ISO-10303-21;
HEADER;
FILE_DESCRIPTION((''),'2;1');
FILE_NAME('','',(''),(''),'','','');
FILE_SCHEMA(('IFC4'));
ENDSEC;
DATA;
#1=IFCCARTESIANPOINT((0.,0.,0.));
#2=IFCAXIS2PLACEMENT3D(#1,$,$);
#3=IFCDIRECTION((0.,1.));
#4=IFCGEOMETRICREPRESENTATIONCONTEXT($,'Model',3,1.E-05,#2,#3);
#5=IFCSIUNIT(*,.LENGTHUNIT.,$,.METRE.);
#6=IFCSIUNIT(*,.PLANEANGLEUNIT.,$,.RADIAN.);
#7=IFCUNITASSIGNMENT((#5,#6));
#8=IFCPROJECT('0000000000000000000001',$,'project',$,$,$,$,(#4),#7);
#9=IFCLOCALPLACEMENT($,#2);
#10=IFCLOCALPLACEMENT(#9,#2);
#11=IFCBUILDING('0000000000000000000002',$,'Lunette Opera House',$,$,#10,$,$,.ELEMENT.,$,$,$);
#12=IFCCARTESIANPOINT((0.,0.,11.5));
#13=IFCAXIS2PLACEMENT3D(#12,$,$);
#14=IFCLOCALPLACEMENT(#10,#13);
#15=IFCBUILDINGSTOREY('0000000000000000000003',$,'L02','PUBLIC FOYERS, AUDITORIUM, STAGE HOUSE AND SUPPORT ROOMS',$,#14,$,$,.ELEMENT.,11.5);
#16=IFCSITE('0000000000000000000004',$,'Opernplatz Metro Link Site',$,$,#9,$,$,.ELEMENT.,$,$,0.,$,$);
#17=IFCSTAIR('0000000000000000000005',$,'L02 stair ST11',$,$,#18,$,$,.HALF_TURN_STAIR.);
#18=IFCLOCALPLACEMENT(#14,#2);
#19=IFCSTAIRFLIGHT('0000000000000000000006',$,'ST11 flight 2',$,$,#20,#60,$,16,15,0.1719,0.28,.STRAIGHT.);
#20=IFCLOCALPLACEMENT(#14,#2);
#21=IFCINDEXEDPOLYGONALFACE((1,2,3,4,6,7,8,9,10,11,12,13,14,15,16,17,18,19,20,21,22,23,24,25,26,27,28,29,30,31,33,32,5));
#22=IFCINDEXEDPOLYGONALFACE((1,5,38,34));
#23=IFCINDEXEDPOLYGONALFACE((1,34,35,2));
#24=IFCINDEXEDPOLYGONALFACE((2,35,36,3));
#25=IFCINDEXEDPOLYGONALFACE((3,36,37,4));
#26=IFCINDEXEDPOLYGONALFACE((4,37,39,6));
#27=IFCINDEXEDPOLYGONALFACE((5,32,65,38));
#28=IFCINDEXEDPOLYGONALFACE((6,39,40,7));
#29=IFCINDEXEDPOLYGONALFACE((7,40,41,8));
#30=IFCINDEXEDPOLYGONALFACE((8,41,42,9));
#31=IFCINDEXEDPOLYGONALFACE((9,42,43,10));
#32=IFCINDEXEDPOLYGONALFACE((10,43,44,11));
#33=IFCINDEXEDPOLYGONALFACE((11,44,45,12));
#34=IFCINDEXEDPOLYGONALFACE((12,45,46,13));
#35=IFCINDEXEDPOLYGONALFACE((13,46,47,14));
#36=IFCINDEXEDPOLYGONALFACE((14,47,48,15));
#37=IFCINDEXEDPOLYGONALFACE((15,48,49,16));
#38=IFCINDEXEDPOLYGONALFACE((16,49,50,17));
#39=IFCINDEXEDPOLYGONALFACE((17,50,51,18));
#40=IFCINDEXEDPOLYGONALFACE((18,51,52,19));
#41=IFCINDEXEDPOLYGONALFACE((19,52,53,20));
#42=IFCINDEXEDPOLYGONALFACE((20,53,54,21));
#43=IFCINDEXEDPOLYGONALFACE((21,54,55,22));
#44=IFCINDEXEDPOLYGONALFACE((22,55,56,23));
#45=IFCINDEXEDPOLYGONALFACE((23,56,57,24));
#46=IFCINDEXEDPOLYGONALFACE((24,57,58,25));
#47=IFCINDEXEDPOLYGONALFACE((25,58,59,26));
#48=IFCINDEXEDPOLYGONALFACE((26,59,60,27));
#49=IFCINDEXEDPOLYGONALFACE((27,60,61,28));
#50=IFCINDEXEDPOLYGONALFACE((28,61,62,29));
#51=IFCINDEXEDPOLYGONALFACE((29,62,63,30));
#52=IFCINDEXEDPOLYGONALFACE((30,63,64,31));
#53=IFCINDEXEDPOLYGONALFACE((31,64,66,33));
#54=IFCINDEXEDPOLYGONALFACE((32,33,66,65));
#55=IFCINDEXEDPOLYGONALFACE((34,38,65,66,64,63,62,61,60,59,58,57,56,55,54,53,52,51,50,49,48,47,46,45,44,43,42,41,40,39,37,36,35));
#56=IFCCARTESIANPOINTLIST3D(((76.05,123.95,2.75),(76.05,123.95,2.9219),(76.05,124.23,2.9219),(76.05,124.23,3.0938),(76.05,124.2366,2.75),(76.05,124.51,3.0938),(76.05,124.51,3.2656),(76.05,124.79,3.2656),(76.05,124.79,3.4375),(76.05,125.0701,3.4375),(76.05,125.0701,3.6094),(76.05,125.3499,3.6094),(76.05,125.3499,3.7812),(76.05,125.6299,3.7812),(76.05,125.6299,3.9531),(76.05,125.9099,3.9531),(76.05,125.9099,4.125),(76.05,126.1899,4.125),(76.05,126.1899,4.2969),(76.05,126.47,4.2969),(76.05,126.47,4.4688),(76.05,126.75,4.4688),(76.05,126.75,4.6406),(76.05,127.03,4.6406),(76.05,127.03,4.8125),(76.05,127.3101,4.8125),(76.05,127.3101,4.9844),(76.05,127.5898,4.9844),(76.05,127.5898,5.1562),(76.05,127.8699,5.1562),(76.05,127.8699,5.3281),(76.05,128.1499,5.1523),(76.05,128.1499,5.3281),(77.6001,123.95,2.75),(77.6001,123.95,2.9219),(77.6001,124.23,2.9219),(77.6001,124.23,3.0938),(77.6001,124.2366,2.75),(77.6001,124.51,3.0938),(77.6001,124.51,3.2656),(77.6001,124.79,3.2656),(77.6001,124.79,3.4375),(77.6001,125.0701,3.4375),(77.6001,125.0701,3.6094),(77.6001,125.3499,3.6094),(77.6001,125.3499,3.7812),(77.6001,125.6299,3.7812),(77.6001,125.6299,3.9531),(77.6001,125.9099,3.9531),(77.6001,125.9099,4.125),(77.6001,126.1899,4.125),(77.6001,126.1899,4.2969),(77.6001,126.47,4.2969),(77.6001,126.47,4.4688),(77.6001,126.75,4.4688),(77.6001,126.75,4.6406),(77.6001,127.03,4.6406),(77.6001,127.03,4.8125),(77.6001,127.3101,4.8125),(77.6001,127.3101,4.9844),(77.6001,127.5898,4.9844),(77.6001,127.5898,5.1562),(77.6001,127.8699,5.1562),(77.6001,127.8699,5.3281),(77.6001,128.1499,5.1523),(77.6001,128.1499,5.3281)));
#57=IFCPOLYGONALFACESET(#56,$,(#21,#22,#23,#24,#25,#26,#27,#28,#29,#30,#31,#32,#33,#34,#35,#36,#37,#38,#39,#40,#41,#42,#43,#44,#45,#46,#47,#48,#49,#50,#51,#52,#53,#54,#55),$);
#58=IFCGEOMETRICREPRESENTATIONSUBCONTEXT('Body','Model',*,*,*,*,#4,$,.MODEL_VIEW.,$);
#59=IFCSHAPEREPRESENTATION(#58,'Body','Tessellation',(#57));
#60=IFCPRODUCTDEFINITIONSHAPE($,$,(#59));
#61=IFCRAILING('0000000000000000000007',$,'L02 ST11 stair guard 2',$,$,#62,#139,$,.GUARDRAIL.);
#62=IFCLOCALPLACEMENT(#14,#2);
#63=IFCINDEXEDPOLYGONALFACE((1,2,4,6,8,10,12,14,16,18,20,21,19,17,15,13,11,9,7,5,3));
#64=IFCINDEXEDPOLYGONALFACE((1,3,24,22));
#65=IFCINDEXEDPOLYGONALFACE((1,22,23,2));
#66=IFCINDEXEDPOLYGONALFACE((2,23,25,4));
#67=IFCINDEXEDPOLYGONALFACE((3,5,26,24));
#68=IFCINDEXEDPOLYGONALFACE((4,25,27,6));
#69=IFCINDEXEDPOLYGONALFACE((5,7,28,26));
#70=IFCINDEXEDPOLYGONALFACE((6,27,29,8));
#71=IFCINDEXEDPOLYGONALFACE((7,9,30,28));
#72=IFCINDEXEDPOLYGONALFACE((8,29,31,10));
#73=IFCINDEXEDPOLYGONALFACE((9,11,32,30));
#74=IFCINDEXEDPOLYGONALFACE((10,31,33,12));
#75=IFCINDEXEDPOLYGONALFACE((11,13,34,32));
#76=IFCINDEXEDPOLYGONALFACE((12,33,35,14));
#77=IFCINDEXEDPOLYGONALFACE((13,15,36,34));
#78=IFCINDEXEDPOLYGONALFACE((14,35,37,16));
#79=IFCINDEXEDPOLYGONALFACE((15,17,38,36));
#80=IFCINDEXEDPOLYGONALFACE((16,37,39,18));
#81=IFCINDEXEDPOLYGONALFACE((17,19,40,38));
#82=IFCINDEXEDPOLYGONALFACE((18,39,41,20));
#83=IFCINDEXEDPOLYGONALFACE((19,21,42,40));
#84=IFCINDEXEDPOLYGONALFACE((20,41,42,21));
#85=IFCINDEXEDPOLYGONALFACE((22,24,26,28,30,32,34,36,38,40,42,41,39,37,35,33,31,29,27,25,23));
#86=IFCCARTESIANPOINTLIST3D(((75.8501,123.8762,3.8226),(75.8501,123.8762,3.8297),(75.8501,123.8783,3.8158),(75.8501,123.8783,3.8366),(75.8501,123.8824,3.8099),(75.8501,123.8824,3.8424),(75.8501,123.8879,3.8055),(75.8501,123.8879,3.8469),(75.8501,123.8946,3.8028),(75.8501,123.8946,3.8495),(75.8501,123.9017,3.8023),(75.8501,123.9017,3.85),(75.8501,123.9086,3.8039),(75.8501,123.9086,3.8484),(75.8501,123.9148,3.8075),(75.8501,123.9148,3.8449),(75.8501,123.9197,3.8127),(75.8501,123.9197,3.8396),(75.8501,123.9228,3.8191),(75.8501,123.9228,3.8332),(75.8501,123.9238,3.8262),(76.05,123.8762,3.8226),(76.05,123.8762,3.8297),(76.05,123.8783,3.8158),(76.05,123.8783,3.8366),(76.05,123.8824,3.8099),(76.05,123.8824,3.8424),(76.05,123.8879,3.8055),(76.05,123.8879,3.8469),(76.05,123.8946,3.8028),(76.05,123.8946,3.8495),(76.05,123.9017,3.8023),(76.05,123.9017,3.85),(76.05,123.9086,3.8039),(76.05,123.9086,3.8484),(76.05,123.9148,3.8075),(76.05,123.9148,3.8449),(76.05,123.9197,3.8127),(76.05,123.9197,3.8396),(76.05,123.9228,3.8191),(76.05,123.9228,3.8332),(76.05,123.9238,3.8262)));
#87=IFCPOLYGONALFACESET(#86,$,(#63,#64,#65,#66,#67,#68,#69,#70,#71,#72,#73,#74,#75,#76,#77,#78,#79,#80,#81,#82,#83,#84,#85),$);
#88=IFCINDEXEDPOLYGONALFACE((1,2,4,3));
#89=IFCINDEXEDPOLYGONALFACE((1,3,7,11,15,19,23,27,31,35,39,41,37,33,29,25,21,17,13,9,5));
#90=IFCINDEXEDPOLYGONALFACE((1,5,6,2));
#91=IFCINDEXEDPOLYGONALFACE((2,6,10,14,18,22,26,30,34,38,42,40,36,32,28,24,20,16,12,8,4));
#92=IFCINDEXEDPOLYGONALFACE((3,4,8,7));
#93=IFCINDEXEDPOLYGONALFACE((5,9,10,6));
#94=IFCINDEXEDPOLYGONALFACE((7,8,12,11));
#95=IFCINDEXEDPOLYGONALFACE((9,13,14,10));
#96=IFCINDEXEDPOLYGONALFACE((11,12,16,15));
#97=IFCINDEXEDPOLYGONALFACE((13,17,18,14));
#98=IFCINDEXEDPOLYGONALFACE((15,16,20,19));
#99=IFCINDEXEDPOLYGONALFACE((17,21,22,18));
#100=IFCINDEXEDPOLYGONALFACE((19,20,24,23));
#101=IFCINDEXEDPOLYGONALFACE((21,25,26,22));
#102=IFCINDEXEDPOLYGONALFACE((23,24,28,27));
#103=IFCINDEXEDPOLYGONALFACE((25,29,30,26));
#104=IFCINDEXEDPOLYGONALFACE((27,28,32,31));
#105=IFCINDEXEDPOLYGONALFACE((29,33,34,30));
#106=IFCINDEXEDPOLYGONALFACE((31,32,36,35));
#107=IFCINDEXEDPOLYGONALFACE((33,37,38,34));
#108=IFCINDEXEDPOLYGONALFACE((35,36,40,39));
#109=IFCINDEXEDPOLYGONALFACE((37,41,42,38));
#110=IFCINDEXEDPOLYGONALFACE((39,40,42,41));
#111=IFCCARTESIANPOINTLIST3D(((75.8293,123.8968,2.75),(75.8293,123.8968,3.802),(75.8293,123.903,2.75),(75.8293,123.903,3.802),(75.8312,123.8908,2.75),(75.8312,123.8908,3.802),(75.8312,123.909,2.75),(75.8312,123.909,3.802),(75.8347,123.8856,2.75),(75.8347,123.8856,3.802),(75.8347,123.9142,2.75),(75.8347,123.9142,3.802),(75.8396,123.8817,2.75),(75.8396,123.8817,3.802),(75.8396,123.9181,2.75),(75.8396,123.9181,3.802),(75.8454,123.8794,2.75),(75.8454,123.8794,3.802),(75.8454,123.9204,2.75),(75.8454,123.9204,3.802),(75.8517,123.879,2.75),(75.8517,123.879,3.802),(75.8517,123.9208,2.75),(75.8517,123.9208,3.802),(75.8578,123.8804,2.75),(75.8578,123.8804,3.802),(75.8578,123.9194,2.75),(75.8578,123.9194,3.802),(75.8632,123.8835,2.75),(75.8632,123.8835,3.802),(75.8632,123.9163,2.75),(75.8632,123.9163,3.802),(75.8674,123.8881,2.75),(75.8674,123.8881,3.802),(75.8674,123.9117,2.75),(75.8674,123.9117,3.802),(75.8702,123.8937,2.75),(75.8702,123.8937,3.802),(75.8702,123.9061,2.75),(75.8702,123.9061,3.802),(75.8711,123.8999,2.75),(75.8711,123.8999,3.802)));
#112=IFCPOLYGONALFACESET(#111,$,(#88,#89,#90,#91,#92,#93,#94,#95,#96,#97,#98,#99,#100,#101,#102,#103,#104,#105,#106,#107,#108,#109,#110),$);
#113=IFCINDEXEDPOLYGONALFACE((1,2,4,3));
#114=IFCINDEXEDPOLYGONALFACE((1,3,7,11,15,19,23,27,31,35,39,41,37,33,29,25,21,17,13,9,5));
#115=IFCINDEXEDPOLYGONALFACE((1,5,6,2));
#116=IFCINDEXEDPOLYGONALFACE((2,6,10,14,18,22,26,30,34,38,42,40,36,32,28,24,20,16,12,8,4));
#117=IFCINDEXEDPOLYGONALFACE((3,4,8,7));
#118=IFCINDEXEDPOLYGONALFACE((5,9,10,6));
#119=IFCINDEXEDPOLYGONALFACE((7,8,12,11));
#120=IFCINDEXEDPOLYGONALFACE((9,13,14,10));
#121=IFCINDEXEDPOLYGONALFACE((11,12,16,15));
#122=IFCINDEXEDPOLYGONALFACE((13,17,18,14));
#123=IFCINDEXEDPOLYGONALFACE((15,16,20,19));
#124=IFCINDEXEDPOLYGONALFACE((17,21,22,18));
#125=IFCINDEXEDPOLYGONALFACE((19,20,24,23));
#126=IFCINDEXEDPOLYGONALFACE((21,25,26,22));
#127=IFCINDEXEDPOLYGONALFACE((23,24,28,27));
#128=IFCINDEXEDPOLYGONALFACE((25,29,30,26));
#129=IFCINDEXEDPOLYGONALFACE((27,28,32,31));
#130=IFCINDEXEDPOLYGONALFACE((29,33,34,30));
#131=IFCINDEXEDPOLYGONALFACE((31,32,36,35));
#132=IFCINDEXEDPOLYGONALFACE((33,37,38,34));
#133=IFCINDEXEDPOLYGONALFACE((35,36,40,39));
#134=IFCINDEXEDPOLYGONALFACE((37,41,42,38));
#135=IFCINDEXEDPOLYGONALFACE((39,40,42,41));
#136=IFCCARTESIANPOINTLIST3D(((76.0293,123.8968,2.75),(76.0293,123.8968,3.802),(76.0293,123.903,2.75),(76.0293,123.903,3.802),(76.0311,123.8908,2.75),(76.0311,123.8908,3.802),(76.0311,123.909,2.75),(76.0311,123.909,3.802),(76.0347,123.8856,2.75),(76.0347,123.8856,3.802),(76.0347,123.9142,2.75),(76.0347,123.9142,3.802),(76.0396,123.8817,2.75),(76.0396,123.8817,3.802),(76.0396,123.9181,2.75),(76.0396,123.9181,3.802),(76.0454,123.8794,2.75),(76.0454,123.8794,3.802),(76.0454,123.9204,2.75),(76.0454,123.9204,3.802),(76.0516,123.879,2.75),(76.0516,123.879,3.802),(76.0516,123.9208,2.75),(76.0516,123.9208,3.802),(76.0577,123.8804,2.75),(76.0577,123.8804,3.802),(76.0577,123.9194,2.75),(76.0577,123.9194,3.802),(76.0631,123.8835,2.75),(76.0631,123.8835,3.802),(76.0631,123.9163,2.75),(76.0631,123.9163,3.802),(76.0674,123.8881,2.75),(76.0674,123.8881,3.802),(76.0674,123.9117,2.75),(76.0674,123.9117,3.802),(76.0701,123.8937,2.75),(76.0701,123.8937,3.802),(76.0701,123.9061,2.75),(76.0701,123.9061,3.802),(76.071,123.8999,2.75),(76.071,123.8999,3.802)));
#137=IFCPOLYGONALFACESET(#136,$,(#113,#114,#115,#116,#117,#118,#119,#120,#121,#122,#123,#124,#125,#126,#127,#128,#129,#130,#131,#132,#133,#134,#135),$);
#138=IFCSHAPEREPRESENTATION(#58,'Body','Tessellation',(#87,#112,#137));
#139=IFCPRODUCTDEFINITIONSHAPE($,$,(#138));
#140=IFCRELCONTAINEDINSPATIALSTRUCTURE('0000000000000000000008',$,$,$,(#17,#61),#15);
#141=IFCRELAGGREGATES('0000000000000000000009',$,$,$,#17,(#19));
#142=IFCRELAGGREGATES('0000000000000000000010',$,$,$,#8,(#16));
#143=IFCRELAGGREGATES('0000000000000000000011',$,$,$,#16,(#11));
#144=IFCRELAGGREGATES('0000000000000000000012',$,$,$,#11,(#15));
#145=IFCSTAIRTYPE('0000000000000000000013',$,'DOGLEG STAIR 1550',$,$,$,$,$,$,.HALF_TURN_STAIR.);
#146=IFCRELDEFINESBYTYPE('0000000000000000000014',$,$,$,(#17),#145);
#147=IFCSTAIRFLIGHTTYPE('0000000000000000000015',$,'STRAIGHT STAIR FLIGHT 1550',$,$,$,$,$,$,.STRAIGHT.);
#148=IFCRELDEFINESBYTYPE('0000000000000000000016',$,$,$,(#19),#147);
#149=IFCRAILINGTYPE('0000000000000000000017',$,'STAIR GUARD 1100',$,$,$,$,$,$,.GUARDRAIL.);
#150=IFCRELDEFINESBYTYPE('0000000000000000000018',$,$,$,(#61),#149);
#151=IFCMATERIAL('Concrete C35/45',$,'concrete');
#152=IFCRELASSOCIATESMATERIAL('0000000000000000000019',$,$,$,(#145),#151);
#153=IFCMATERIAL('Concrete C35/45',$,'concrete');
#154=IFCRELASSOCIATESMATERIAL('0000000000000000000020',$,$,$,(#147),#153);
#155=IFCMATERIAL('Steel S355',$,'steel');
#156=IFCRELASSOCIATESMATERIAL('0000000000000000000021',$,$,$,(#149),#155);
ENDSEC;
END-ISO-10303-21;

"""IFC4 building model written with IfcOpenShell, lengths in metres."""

from ifc_helpers import new_model, si_unit, direction, frame, origin, origin_2d, place, context, subcontext, project, spatial, polyline, circle, outline, extrude, material, type_object, element, aggregate, save


model = new_model("IFC4")

# Units and contexts
model_context = context("Model", 3, precision=1e-05, world=origin(), true_north=direction((0.0, 1.0)))
body_context = subcontext(model_context, "Body", "Model", "MODEL_VIEW")
ifc_project = project(units=[si_unit("LENGTHUNIT", "METRE"), si_unit("PLANEANGLEUNIT", "RADIAN")], contexts=[model_context])

# Site, building, storey
site_placement = place(None, origin())
site = spatial("IfcSite", under=ifc_project, at=site_placement, Name="Opernplatz Metro Link Site", CompositionType="ELEMENT", RefElevation=0.0)
building_placement = place(site_placement, origin())
building = spatial("IfcBuilding", under=site, at=building_placement, Name="Lunette Opera House", CompositionType="ELEMENT")
storey_placement = place(building_placement, frame((0.0, 0.0, 11.5)))
storey = spatial("IfcBuildingStorey", under=building, at=storey_placement, Name="L02", Description="PUBLIC FOYERS, AUDITORIUM, STAGE HOUSE AND SUPPORT ROOMS", CompositionType="ELEMENT", Elevation=11.5)

# Stair, stair flight
ifc_material_1 = material(Name="Concrete C35/45", Category="concrete")
stair_type = type_object("IfcStairType", Name="DOGLEG STAIR 1550", PredefinedType="HALF_TURN_STAIR", material=ifc_material_1)
stair_placement = place(storey_placement, origin())
stair = element("IfcStair", 1, at=stair_placement, inside=storey, type_object=stair_type, Name="L02 stair ST11", PredefinedType="HALF_TURN_STAIR")
ifc_material_2 = material(Name="Concrete C35/45", Category="concrete")
stair_flight_type = type_object("IfcStairFlightType", Name="STRAIGHT STAIR FLIGHT 1550", PredefinedType="STRAIGHT", material=ifc_material_2)
stair_flight_placement = place(storey_placement, frame((76.825, 123.95, 2.75), z_axis=(0.0, 0.0, 1.0), x_axis=(0.0, 1.0, 0.0)))
stair_flight = element("IfcStairFlight", 2, at=stair_flight_placement, type_object=stair_flight_type, Name="ST11 flight 2", NumberOfRisers=16, NumberOfTreads=15, PredefinedType="STRAIGHT", RiserHeight=0.1719, TreadLength=0.28, context=body_context, shape_type="SweptSolid", body=[
    extrude(outline(polyline([(0.0, 0.0), (0.0, 0.1719), (0.28, 0.1719), (0.28, 0.3438), (0.5601, 0.3438), (0.5601, 0.5156), (0.8401, 0.5156), (0.8401, 0.6875), (1.1201, 0.6875), (1.1201, 0.8594), (1.3999, 0.8594), (1.3999, 1.0312), (1.6799, 1.0312), (1.6799, 1.2031), (1.96, 1.2031), (1.96, 1.375), (2.24, 1.375), (2.24, 1.5469), (2.52, 1.5469), (2.52, 1.7188), (2.8, 1.7188), (2.8, 1.8906), (3.0801, 1.8906), (3.0801, 2.0625), (3.3601, 2.0625), (3.3601, 2.2344), (3.6399, 2.2344), (3.6399, 2.4062), (3.9199, 2.4062), (3.9199, 2.5781), (4.2, 2.5781), (4.2, 2.75), (4.2, 2.4023), (0.2866, 0.0), (0.0, 0.0)])), frame((0.0, 0.7749, 0.0), z_axis=(0.0, -1.0, 0.0), x_axis=(1.0, 0.0, 0.0)), (0.0, 0.0, 1.0), 1.55),
])
aggregate(stair, [stair_flight])

# Railing
ifc_material_3 = material(Name="Steel S355", Category="steel")
railing_type_1 = type_object("IfcRailingType", Name="STAIR GUARD 1100", PredefinedType="GUARDRAIL", material=ifc_material_3)
railing_1_placement = place(storey_placement, frame((75.8501, 123.8999, 2.75)))
element("IfcRailing", 3, at=railing_1_placement, inside=storey, type_object=railing_type_1, Name="L02 ST11 stair guard 2", PredefinedType="GUARDRAIL", context=body_context, shape_type="SweptSolid", body=[
    extrude(circle(Radius=0.0239, at=origin_2d()), frame((0.0, 0.0, 1.0762), z_axis=(1.0, 0.0, 0.0), x_axis=(0.0, 1.0, 0.0)), (0.0, 0.0, 1.0), 0.2),
    extrude(circle(Radius=0.021, at=origin_2d()), origin(), (0.0, 0.0, 1.0), 1.052),
    extrude(circle(Radius=0.021, at=origin_2d()), frame((0.2, 0.0, 0.0)), (0.0, 0.0, 1.0), 1.052),
])

save(model, "model.ifc")
